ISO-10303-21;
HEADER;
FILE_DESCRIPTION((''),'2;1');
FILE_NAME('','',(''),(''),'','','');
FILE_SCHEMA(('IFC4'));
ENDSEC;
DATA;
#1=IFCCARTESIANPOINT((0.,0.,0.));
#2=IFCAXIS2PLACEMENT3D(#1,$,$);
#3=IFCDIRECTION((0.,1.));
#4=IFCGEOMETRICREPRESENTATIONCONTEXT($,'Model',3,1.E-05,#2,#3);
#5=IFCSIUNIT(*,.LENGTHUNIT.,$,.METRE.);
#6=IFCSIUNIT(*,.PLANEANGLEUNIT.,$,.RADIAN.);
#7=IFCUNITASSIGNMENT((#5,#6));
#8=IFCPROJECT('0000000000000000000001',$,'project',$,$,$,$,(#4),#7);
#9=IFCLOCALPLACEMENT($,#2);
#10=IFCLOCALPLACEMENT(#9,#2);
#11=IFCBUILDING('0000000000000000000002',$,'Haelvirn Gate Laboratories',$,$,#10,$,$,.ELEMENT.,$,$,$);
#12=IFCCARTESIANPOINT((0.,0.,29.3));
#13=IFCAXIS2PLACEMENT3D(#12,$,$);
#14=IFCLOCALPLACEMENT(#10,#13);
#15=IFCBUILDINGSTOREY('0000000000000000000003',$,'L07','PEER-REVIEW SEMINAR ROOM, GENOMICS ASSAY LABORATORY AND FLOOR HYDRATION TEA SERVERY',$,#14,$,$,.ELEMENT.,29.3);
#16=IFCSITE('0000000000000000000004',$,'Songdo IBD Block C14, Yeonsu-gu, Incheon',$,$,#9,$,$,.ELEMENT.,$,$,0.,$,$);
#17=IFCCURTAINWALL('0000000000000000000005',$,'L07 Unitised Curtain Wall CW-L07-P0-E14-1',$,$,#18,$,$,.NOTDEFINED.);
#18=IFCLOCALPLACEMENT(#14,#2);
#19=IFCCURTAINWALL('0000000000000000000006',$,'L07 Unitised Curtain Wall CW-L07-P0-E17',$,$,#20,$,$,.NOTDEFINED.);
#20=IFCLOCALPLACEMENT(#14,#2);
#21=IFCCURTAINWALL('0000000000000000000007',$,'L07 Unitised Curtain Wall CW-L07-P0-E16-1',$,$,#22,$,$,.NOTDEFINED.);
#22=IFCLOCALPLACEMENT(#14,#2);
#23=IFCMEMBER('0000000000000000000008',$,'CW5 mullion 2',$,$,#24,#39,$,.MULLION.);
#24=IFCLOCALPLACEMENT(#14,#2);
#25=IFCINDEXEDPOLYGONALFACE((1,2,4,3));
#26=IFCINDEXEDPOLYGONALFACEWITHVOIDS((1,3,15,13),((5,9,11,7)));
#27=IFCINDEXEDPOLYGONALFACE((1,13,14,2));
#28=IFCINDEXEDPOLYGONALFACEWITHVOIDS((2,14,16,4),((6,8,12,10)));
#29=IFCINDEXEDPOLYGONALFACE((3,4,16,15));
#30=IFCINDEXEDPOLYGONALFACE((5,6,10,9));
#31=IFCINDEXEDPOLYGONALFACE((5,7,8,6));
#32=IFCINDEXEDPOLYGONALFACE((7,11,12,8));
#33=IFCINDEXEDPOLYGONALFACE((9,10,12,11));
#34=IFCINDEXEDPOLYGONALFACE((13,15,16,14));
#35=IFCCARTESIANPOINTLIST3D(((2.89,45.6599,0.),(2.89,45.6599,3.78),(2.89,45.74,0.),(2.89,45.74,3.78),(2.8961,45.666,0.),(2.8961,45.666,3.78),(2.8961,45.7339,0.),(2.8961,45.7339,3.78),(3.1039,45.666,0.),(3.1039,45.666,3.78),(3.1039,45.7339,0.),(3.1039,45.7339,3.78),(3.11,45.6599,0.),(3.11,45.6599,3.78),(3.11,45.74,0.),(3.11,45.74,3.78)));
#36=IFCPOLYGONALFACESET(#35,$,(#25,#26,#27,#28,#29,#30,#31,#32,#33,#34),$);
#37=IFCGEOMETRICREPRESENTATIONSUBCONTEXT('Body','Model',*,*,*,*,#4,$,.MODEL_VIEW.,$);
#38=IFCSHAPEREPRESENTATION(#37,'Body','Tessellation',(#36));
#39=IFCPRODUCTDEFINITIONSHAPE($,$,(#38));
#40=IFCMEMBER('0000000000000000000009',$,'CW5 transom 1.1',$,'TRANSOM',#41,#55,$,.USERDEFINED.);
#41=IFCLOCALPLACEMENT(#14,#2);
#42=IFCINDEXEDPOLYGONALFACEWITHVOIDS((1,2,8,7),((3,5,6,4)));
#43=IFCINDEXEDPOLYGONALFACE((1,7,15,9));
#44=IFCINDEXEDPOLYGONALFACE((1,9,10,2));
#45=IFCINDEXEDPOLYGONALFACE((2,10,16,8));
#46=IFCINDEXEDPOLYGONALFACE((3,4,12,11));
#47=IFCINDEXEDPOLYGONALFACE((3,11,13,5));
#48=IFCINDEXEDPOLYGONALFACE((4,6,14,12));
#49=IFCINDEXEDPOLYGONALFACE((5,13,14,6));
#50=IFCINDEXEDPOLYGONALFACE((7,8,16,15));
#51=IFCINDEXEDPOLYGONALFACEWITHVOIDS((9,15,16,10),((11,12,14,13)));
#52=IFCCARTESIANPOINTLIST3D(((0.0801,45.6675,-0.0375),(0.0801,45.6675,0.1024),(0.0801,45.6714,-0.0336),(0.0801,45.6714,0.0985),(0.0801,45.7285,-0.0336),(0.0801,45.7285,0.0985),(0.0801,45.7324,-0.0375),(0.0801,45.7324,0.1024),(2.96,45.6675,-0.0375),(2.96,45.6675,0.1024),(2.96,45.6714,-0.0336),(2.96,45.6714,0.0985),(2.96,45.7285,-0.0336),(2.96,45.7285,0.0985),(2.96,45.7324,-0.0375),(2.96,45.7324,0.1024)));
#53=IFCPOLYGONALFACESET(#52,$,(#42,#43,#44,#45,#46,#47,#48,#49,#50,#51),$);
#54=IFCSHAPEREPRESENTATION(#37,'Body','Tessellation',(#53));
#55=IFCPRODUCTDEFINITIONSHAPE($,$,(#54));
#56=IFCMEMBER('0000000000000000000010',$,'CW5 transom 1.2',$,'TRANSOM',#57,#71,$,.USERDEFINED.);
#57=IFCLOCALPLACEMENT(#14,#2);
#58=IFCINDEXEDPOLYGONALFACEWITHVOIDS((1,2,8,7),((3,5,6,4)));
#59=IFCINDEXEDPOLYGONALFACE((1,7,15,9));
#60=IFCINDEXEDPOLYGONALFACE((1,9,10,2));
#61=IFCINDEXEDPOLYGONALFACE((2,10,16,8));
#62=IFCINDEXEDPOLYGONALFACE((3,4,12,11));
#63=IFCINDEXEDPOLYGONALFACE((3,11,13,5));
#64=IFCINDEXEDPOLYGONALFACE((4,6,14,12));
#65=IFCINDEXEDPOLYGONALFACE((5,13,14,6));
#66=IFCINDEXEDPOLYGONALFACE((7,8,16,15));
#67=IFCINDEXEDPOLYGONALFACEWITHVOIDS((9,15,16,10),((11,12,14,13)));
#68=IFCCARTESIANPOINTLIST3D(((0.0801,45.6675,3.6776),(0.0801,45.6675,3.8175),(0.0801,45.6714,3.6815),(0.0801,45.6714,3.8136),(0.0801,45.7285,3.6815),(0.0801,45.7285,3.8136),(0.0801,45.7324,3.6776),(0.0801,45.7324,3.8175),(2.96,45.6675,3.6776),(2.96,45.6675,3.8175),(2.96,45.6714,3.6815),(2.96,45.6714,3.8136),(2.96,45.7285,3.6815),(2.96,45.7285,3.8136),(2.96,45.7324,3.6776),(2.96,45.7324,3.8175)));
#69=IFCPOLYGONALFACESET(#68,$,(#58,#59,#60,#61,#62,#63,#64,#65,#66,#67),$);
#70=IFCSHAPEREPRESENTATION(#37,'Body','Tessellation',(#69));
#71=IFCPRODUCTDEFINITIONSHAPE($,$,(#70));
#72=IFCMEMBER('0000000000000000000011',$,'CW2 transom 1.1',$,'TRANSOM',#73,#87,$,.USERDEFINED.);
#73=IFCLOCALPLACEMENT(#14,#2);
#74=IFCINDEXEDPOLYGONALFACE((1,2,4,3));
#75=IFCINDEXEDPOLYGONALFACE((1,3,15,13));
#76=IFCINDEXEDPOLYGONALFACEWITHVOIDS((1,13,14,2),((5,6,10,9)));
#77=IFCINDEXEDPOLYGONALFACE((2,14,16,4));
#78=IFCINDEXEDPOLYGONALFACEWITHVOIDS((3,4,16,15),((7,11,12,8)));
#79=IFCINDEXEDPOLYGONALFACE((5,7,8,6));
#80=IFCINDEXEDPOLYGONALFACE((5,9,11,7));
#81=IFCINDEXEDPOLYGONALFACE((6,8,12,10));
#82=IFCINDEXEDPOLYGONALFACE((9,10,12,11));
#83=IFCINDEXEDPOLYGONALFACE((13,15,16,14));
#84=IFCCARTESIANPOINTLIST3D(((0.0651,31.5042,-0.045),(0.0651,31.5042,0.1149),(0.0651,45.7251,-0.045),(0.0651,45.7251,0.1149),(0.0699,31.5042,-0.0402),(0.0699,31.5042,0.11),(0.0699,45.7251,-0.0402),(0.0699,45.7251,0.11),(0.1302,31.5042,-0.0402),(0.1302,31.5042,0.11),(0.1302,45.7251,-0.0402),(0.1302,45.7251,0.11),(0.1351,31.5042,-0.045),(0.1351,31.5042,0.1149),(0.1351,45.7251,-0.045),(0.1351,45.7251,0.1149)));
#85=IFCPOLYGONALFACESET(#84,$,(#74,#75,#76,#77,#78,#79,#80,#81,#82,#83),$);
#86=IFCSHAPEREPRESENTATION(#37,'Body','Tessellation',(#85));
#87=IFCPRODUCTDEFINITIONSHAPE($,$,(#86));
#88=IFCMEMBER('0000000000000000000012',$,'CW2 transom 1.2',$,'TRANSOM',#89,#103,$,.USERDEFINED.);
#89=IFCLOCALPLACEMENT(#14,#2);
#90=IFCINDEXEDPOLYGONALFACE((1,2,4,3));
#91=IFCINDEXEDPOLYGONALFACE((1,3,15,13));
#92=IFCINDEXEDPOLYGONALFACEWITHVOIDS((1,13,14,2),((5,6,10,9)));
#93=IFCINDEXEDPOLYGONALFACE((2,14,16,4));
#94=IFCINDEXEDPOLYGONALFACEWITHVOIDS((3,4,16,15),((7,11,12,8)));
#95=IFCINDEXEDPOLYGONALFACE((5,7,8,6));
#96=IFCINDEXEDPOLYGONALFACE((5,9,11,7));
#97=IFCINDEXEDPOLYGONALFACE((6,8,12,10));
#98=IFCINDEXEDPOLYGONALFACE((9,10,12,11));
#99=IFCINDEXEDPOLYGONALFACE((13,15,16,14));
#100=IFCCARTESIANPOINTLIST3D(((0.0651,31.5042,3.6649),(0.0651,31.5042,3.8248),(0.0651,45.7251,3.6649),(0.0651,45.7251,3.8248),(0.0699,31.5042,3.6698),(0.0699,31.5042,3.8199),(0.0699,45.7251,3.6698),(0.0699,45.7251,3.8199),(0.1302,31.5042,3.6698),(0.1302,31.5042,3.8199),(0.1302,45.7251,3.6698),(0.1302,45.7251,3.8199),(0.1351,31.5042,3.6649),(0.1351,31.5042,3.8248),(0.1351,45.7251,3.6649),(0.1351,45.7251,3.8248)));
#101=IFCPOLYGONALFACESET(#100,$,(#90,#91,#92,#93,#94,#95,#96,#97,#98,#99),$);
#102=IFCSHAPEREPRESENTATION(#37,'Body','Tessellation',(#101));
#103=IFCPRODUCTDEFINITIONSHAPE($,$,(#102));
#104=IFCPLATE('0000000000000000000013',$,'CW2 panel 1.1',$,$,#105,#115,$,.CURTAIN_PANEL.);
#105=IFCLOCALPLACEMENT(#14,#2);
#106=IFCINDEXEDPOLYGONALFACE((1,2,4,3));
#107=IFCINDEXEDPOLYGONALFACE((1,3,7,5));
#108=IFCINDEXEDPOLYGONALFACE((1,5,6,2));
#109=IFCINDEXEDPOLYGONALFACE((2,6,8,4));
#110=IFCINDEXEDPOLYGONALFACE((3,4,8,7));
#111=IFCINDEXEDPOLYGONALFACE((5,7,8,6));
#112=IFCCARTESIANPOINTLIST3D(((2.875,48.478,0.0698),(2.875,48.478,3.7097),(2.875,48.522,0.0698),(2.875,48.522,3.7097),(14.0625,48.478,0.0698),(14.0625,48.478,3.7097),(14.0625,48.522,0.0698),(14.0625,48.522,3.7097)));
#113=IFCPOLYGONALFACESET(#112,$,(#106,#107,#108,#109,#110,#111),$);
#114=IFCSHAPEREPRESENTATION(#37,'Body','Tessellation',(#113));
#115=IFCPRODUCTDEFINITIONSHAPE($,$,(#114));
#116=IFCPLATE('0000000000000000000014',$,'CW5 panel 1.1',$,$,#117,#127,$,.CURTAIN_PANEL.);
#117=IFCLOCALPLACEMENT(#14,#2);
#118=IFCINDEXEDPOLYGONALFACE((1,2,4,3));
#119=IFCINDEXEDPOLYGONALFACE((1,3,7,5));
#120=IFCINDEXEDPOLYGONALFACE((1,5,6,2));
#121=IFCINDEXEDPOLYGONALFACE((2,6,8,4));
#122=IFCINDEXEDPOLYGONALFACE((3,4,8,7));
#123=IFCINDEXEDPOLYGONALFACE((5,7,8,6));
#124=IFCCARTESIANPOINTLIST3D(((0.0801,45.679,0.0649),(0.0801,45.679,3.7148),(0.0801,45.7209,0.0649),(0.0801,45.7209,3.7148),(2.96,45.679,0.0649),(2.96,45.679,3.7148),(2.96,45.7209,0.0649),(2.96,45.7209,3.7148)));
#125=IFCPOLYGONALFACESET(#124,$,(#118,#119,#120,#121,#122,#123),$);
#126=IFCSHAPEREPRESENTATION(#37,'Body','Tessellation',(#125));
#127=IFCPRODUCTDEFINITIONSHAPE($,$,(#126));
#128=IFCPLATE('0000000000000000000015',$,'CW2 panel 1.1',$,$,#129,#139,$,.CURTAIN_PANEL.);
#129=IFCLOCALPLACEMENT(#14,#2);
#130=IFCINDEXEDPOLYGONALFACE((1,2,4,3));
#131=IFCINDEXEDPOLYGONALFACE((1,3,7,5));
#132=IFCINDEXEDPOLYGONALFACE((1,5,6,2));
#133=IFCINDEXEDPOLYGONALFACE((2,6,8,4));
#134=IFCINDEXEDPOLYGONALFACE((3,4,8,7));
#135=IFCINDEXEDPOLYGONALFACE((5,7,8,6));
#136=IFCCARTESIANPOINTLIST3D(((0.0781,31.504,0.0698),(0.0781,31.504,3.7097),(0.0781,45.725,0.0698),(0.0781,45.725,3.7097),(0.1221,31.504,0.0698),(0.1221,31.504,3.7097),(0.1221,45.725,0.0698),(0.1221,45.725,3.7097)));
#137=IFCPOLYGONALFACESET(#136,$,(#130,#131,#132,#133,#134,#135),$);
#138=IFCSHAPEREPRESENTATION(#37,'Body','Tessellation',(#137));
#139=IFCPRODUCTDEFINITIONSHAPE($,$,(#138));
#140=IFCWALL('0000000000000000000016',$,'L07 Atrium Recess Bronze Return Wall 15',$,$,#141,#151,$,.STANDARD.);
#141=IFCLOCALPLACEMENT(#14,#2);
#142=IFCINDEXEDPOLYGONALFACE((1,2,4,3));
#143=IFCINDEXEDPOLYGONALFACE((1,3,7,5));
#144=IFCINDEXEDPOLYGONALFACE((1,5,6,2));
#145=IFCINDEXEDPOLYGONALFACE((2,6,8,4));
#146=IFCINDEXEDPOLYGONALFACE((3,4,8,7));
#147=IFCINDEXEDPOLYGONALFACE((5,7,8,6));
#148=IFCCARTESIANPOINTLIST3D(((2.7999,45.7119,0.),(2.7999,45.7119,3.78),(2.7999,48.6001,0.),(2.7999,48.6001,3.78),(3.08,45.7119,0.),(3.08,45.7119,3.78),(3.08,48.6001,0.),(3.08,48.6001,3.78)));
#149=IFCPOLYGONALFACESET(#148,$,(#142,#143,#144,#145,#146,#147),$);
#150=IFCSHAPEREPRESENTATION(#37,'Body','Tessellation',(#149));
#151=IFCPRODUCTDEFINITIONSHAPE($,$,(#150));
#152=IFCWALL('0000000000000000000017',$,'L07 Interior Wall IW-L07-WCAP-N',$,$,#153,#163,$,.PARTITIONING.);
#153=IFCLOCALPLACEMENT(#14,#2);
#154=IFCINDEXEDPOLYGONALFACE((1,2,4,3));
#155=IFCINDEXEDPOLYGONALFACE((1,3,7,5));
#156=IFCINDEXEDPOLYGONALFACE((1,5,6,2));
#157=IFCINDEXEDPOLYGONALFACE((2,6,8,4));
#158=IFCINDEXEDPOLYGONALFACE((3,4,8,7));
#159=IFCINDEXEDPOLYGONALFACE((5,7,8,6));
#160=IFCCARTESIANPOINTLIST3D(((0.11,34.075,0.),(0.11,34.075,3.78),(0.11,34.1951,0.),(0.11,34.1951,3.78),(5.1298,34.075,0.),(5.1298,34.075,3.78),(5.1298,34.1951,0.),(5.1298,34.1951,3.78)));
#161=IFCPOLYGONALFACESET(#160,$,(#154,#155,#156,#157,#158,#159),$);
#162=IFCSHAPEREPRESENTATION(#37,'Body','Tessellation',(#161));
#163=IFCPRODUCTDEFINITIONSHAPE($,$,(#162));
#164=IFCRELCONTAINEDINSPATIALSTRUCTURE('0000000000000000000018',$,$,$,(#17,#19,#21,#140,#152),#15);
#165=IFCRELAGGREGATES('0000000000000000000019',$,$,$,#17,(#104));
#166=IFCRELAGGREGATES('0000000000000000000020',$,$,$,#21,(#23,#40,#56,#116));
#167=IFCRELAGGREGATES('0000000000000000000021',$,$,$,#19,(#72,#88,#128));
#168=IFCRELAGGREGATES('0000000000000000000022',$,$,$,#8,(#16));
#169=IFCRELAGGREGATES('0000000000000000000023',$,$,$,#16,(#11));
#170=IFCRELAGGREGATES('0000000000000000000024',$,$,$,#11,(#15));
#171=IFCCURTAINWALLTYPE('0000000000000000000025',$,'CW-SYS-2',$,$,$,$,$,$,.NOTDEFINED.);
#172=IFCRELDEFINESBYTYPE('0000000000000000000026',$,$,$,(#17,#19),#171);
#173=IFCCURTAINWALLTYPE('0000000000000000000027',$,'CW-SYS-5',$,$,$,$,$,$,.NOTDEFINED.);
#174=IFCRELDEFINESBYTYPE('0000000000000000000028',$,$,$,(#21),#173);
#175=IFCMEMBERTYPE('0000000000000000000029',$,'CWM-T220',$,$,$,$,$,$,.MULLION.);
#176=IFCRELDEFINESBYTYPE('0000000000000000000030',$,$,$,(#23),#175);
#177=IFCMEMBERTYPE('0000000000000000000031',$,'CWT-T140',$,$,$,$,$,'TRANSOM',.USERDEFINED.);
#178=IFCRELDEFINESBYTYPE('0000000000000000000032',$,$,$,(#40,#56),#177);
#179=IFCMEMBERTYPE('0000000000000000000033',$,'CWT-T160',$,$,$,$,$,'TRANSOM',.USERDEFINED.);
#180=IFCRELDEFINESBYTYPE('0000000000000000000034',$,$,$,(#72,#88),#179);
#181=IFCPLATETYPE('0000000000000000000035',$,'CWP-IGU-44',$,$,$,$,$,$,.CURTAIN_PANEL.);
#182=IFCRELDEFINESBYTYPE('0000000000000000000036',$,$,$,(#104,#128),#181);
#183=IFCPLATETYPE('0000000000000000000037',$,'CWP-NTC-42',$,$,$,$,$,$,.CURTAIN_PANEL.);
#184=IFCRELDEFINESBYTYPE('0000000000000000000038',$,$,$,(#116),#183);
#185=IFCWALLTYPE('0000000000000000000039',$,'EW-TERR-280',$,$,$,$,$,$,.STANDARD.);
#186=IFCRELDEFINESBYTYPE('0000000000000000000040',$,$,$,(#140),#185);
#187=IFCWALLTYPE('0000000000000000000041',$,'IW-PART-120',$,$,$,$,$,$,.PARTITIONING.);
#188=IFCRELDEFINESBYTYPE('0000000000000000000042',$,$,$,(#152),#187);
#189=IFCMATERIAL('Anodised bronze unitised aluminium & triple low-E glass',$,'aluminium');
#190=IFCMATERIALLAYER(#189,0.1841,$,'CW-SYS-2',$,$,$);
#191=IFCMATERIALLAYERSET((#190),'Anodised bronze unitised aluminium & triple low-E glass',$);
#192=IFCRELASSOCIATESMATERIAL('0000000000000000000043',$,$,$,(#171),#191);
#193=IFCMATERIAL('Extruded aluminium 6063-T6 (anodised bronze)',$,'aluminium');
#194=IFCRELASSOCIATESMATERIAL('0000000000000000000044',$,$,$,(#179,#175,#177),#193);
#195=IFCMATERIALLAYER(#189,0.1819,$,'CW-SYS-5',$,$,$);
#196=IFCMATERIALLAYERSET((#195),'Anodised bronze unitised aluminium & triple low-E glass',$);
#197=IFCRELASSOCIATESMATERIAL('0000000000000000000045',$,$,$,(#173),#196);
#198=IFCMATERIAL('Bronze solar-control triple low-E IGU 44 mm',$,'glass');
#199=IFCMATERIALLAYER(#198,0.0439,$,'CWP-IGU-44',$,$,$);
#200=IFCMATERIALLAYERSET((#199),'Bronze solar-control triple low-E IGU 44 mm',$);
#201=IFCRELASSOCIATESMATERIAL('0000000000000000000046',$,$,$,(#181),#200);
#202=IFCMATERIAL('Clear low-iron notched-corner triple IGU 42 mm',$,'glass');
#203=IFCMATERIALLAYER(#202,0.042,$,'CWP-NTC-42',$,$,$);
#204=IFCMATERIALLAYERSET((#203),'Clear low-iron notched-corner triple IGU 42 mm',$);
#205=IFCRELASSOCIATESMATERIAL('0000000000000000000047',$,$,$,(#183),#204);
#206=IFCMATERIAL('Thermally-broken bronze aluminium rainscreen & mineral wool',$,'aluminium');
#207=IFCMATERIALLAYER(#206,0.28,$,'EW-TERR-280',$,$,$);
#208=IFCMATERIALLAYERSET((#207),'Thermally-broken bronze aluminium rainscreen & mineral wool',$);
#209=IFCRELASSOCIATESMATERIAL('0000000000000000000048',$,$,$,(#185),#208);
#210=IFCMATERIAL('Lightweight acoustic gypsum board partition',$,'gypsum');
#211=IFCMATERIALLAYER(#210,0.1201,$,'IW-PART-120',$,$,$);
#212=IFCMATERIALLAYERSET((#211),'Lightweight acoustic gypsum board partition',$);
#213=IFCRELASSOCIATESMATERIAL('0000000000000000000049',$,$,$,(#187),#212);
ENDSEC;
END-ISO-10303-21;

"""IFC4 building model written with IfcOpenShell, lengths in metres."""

from ifc_helpers import new_model, si_unit, direction, frame, frame_2d, origin, origin_2d, place, context, subcontext, project, spatial, rectangle, hollow_rectangle, extrude, source, transform, mapped, material, layer, layer_set, material_profile, profile_set, type_object, type_shapes, element, aggregate, save


model = new_model("IFC4")

# Units and contexts
model_context = context("Model", 3, precision=1e-05, world=origin(), true_north=direction((0.0, 1.0)))
body_context = subcontext(model_context, "Body", "Model", "MODEL_VIEW")
ifc_project = project(units=[si_unit("LENGTHUNIT", "METRE"), si_unit("PLANEANGLEUNIT", "RADIAN")], contexts=[model_context])

# Site, building, storey
site_placement = place(None, origin())
site = spatial("IfcSite", under=ifc_project, at=site_placement, Name="Songdo IBD Block C14, Yeonsu-gu, Incheon", CompositionType="ELEMENT", RefElevation=0.0)
building_placement = place(site_placement, origin())
building = spatial("IfcBuilding", under=site, at=building_placement, Name="Haelvirn Gate Laboratories", CompositionType="ELEMENT")
storey_placement = place(building_placement, frame((0.0, 0.0, 29.3)))
storey = spatial("IfcBuildingStorey", under=building, at=storey_placement, Name="L07", Description="PEER-REVIEW SEMINAR ROOM, GENOMICS ASSAY LABORATORY AND FLOOR HYDRATION TEA SERVERY", CompositionType="ELEMENT", Elevation=29.3)

# Curtain walls
ifc_material_1 = material(Name="Anodised bronze unitised aluminium & triple low-E glass", Category="aluminium")
ifc_layer_1 = layer(ifc_material_1, 0.1841, Name="CW-SYS-2")
ifc_layer_set_1 = layer_set([ifc_layer_1], Name="Anodised bronze unitised aluminium & triple low-E glass")
curtain_wall_type_1 = type_object("IfcCurtainWallType", Name="CW-SYS-2", PredefinedType="NOTDEFINED", material=ifc_layer_set_1)
curtain_wall_1_placement = place(storey_placement, origin())
curtain_wall_1 = element("IfcCurtainWall", 1, at=curtain_wall_1_placement, inside=storey, type_object=curtain_wall_type_1, Name="L07 Unitised Curtain Wall CW-L07-P0-E14-1", PredefinedType="NOTDEFINED")
ifc_material_2 = material(Name="Extruded aluminium 6063-T6 (anodised bronze)", Category="aluminium")
curtain_wall_2_placement = place(storey_placement, origin())
curtain_wall_2 = element("IfcCurtainWall", 2, at=curtain_wall_2_placement, inside=storey, type_object=curtain_wall_type_1, Name="L07 Unitised Curtain Wall CW-L07-P0-E17", PredefinedType="NOTDEFINED")

# Shared definitions
ifc_material_profile_1 = material_profile(ifc_material_2, hollow_rectangle(XDim=0.0701, YDim=0.1599, WallThickness=0.0049, at=origin_2d()), Name="CWT-160x70x5")
ifc_profile_set_1 = profile_set([ifc_material_profile_1], Name="Extruded aluminium 6063-T6 (anodised bronze)")
member_type_1 = type_object("IfcMemberType", Name="CWT-T160", ElementType="TRANSOM", PredefinedType="USERDEFINED", material=ifc_profile_set_1)

# Curtain wall, members
ifc_layer_2 = layer(ifc_material_1, 0.1819, Name="CW-SYS-5")
ifc_layer_set_2 = layer_set([ifc_layer_2], Name="Anodised bronze unitised aluminium & triple low-E glass")
curtain_wall_type_2 = type_object("IfcCurtainWallType", Name="CW-SYS-5", PredefinedType="NOTDEFINED", material=ifc_layer_set_2)
curtain_wall_3_placement = place(storey_placement, origin())
curtain_wall_3 = element("IfcCurtainWall", 3, at=curtain_wall_3_placement, inside=storey, type_object=curtain_wall_type_2, Name="L07 Unitised Curtain Wall CW-L07-P0-E16-1", PredefinedType="NOTDEFINED")
ifc_material_profile_2 = material_profile(ifc_material_2, hollow_rectangle(XDim=0.0801, YDim=0.22, WallThickness=0.0061, at=origin_2d()), Name="CWM-220x80x6")
ifc_profile_set_2 = profile_set([ifc_material_profile_2], Name="Extruded aluminium 6063-T6 (anodised bronze)")
member_type_2 = type_object("IfcMemberType", Name="CWM-T220", PredefinedType="MULLION", material=ifc_profile_set_2)
shared_shape_1 = source(origin(), body_context, "Body", "SweptSolid", [
    extrude(hollow_rectangle(XDim=0.0801, YDim=0.22, WallThickness=0.0061, at=origin_2d()), origin(), (0.0, 0.0, 1.0), 3.78),
])
type_shapes(member_type_2, [shared_shape_1])
member_1_placement = place(storey_placement, frame((3.0, 45.7, 0.0), z_axis=(0.0, 0.0, 1.0), x_axis=(0.0, 1.0, 0.0)))
member_1 = element("IfcMember", 4, at=member_1_placement, type_object=member_type_2, Name="CW5 mullion 2", PredefinedType="MULLION", context=body_context, shape_type="MappedRepresentation", body=[
    mapped(shared_shape_1, transform((0.0, 0.0, 0.0), scale=1.0)),
])
ifc_material_profile_3 = material_profile(ifc_material_2, hollow_rectangle(XDim=0.0649, YDim=0.1399, WallThickness=0.0039, at=origin_2d()), Name="CWT-140x65x4")
ifc_profile_set_3 = profile_set([ifc_material_profile_3], Name="Extruded aluminium 6063-T6 (anodised bronze)")
member_type_3 = type_object("IfcMemberType", Name="CWT-T140", ElementType="TRANSOM", PredefinedType="USERDEFINED", material=ifc_profile_set_3)
shared_shape_2 = source(origin(), body_context, "Body", "SweptSolid", [
    extrude(hollow_rectangle(XDim=0.0649, YDim=0.1399, WallThickness=0.0039, at=origin_2d()), origin(), (0.0, 0.0, 1.0), 2.8799),
])
type_shapes(member_type_3, [shared_shape_2])
member_2_placement = place(storey_placement, frame((0.0801, 45.7, 0.0325), z_axis=(1.0, 0.0, 0.0), x_axis=(0.0, 1.0, 0.0)))
member_2 = element("IfcMember", 5, at=member_2_placement, type_object=member_type_3, Name="CW5 transom 1.1", ObjectType="TRANSOM", PredefinedType="USERDEFINED", context=body_context, shape_type="MappedRepresentation", body=[
    mapped(shared_shape_2, transform((0.0, 0.0, 0.0), scale=1.0)),
])
member_3_placement = place(storey_placement, frame((0.0801, 45.7, 3.7476), z_axis=(1.0, 0.0, 0.0), x_axis=(0.0, 1.0, 0.0)))
member_3 = element("IfcMember", 6, at=member_3_placement, type_object=member_type_3, Name="CW5 transom 1.2", ObjectType="TRANSOM", PredefinedType="USERDEFINED", context=body_context, shape_type="MappedRepresentation", body=[
    mapped(shared_shape_2, transform((0.0, 0.0, 0.0), scale=1.0)),
])

# Members
shared_shape_3 = source(origin(), body_context, "Body", "SweptSolid", [
    extrude(hollow_rectangle(XDim=0.0701, YDim=0.1599, WallThickness=0.0049, at=origin_2d()), origin(), (0.0, 0.0, 1.0), 14.2209),
])
member_4_placement = place(storey_placement, frame((0.1001, 45.7251, 0.0349), z_axis=(0.0, -1.0, 0.0), x_axis=(1.0, 0.0, 0.0)))
member_4 = element("IfcMember", 7, at=member_4_placement, type_object=member_type_1, Name="CW2 transom 1.1", ObjectType="TRANSOM", PredefinedType="USERDEFINED", context=body_context, shape_type="MappedRepresentation", body=[
    mapped(shared_shape_3, transform((0.0, 0.0, 0.0), scale=1.0)),
])
member_5_placement = place(storey_placement, frame((0.1001, 45.7251, 3.7449), z_axis=(0.0, -1.0, 0.0), x_axis=(1.0, 0.0, 0.0)))
member_5 = element("IfcMember", 8, at=member_5_placement, type_object=member_type_1, Name="CW2 transom 1.2", ObjectType="TRANSOM", PredefinedType="USERDEFINED", context=body_context, shape_type="MappedRepresentation", body=[
    mapped(shared_shape_3, transform((0.0, 0.0, 0.0), scale=1.0)),
])

# Plates
ifc_material_3 = material(Name="Bronze solar-control triple low-E IGU 44 mm", Category="glass")
ifc_layer_3 = layer(ifc_material_3, 0.0439, Name="CWP-IGU-44")
ifc_layer_set_3 = layer_set([ifc_layer_3], Name="Bronze solar-control triple low-E IGU 44 mm")
plate_type_1 = type_object("IfcPlateType", Name="CWP-IGU-44", PredefinedType="CURTAIN_PANEL", material=ifc_layer_set_3)
shared_shape_4 = source(origin(), body_context, "Body", "SweptSolid", [
    extrude(rectangle(XDim=11.1875, YDim=0.0439, at=origin_2d()), origin(), (0.0, 0.0, 1.0), 3.6399),
])
plate_1_placement = place(storey_placement, frame((8.4688, 48.5, 0.0698), z_axis=(0.0, 0.0, 1.0), x_axis=(1.0, 0.0, 0.0)))
plate_1 = element("IfcPlate", 9, at=plate_1_placement, type_object=plate_type_1, Name="CW2 panel 1.1", PredefinedType="CURTAIN_PANEL", context=body_context, shape_type="MappedRepresentation", body=[
    mapped(shared_shape_4, transform((0.0, 0.0, 0.0), scale=1.0)),
])
aggregate(curtain_wall_1, [plate_1])
ifc_material_4 = material(Name="Clear low-iron notched-corner triple IGU 42 mm", Category="glass")
ifc_layer_4 = layer(ifc_material_4, 0.042, Name="CWP-NTC-42")
ifc_layer_set_4 = layer_set([ifc_layer_4], Name="Clear low-iron notched-corner triple IGU 42 mm")
plate_type_2 = type_object("IfcPlateType", Name="CWP-NTC-42", PredefinedType="CURTAIN_PANEL", material=ifc_layer_set_4)
shared_shape_5 = source(origin(), body_context, "Body", "SweptSolid", [
    extrude(rectangle(XDim=2.8799, YDim=0.042, at=origin_2d()), origin(), (0.0, 0.0, 1.0), 3.6499),
])
type_shapes(plate_type_2, [shared_shape_5])
plate_2_placement = place(storey_placement, frame((1.52, 45.7, 0.0649), z_axis=(0.0, 0.0, 1.0), x_axis=(1.0, 0.0, 0.0)))
plate_2 = element("IfcPlate", 10, at=plate_2_placement, type_object=plate_type_2, Name="CW5 panel 1.1", PredefinedType="CURTAIN_PANEL", context=body_context, shape_type="MappedRepresentation", body=[
    mapped(shared_shape_5, transform((0.0, 0.0, 0.0), scale=1.0)),
])
aggregate(curtain_wall_3, [member_1, member_2, member_3, plate_2])
shared_shape_6 = source(origin(), body_context, "Body", "SweptSolid", [
    extrude(rectangle(XDim=14.2209, YDim=0.0439, at=origin_2d()), origin(), (0.0, 0.0, 1.0), 3.6399),
])
type_shapes(plate_type_1, [shared_shape_4, shared_shape_6])
plate_3_placement = place(storey_placement, frame((0.1001, 38.6145, 0.0698), z_axis=(0.0, 0.0, 1.0), x_axis=(0.0, -1.0, 0.0)))
plate_3 = element("IfcPlate", 11, at=plate_3_placement, type_object=plate_type_1, Name="CW2 panel 1.1", PredefinedType="CURTAIN_PANEL", context=body_context, shape_type="MappedRepresentation", body=[
    mapped(shared_shape_6, transform((0.0, 0.0, 0.0), scale=1.0)),
])
aggregate(curtain_wall_2, [member_4, member_5, plate_3])

# Walls
ifc_material_5 = material(Name="Thermally-broken bronze aluminium rainscreen & mineral wool", Category="aluminium")
ifc_layer_5 = layer(ifc_material_5, 0.28, Name="EW-TERR-280")
ifc_layer_set_5 = layer_set([ifc_layer_5], Name="Thermally-broken bronze aluminium rainscreen & mineral wool")
wall_type_1 = type_object("IfcWallType", Name="EW-TERR-280", PredefinedType="STANDARD", material=ifc_layer_set_5)
wall_1_placement = place(storey_placement, frame((2.9399, 48.6001, 0.0), z_axis=(0.0, 0.0, 1.0), x_axis=(0.0, -1.0, 0.0)))
element("IfcWall", 12, at=wall_1_placement, inside=storey, type_object=wall_type_1, Name="L07 Atrium Recess Bronze Return Wall 15", PredefinedType="STANDARD", context=body_context, shape_type="SweptSolid", body=[
    extrude(rectangle(XDim=2.8882, YDim=0.28, at=frame_2d((1.4441, 0.0))), origin(), (0.0, 0.0, 1.0), 3.78),
])
ifc_material_6 = material(Name="Lightweight acoustic gypsum board partition", Category="gypsum")
ifc_layer_6 = layer(ifc_material_6, 0.1201, Name="IW-PART-120")
ifc_layer_set_6 = layer_set([ifc_layer_6], Name="Lightweight acoustic gypsum board partition")
wall_type_2 = type_object("IfcWallType", Name="IW-PART-120", PredefinedType="PARTITIONING", material=ifc_layer_set_6)
wall_2_placement = place(storey_placement, frame((0.1101, 34.135, 0.0), z_axis=(0.0, 0.0, 1.0), x_axis=(1.0, 0.0, 0.0)))
element("IfcWall", 13, at=wall_2_placement, inside=storey, type_object=wall_type_2, Name="L07 Interior Wall IW-L07-WCAP-N", PredefinedType="PARTITIONING", context=body_context, shape_type="SweptSolid", body=[
    extrude(rectangle(XDim=5.0198, YDim=0.1201, at=frame_2d((2.5098, 0.0))), origin(), (0.0, 0.0, 1.0), 3.78),
])

save(model, "model.ifc")
